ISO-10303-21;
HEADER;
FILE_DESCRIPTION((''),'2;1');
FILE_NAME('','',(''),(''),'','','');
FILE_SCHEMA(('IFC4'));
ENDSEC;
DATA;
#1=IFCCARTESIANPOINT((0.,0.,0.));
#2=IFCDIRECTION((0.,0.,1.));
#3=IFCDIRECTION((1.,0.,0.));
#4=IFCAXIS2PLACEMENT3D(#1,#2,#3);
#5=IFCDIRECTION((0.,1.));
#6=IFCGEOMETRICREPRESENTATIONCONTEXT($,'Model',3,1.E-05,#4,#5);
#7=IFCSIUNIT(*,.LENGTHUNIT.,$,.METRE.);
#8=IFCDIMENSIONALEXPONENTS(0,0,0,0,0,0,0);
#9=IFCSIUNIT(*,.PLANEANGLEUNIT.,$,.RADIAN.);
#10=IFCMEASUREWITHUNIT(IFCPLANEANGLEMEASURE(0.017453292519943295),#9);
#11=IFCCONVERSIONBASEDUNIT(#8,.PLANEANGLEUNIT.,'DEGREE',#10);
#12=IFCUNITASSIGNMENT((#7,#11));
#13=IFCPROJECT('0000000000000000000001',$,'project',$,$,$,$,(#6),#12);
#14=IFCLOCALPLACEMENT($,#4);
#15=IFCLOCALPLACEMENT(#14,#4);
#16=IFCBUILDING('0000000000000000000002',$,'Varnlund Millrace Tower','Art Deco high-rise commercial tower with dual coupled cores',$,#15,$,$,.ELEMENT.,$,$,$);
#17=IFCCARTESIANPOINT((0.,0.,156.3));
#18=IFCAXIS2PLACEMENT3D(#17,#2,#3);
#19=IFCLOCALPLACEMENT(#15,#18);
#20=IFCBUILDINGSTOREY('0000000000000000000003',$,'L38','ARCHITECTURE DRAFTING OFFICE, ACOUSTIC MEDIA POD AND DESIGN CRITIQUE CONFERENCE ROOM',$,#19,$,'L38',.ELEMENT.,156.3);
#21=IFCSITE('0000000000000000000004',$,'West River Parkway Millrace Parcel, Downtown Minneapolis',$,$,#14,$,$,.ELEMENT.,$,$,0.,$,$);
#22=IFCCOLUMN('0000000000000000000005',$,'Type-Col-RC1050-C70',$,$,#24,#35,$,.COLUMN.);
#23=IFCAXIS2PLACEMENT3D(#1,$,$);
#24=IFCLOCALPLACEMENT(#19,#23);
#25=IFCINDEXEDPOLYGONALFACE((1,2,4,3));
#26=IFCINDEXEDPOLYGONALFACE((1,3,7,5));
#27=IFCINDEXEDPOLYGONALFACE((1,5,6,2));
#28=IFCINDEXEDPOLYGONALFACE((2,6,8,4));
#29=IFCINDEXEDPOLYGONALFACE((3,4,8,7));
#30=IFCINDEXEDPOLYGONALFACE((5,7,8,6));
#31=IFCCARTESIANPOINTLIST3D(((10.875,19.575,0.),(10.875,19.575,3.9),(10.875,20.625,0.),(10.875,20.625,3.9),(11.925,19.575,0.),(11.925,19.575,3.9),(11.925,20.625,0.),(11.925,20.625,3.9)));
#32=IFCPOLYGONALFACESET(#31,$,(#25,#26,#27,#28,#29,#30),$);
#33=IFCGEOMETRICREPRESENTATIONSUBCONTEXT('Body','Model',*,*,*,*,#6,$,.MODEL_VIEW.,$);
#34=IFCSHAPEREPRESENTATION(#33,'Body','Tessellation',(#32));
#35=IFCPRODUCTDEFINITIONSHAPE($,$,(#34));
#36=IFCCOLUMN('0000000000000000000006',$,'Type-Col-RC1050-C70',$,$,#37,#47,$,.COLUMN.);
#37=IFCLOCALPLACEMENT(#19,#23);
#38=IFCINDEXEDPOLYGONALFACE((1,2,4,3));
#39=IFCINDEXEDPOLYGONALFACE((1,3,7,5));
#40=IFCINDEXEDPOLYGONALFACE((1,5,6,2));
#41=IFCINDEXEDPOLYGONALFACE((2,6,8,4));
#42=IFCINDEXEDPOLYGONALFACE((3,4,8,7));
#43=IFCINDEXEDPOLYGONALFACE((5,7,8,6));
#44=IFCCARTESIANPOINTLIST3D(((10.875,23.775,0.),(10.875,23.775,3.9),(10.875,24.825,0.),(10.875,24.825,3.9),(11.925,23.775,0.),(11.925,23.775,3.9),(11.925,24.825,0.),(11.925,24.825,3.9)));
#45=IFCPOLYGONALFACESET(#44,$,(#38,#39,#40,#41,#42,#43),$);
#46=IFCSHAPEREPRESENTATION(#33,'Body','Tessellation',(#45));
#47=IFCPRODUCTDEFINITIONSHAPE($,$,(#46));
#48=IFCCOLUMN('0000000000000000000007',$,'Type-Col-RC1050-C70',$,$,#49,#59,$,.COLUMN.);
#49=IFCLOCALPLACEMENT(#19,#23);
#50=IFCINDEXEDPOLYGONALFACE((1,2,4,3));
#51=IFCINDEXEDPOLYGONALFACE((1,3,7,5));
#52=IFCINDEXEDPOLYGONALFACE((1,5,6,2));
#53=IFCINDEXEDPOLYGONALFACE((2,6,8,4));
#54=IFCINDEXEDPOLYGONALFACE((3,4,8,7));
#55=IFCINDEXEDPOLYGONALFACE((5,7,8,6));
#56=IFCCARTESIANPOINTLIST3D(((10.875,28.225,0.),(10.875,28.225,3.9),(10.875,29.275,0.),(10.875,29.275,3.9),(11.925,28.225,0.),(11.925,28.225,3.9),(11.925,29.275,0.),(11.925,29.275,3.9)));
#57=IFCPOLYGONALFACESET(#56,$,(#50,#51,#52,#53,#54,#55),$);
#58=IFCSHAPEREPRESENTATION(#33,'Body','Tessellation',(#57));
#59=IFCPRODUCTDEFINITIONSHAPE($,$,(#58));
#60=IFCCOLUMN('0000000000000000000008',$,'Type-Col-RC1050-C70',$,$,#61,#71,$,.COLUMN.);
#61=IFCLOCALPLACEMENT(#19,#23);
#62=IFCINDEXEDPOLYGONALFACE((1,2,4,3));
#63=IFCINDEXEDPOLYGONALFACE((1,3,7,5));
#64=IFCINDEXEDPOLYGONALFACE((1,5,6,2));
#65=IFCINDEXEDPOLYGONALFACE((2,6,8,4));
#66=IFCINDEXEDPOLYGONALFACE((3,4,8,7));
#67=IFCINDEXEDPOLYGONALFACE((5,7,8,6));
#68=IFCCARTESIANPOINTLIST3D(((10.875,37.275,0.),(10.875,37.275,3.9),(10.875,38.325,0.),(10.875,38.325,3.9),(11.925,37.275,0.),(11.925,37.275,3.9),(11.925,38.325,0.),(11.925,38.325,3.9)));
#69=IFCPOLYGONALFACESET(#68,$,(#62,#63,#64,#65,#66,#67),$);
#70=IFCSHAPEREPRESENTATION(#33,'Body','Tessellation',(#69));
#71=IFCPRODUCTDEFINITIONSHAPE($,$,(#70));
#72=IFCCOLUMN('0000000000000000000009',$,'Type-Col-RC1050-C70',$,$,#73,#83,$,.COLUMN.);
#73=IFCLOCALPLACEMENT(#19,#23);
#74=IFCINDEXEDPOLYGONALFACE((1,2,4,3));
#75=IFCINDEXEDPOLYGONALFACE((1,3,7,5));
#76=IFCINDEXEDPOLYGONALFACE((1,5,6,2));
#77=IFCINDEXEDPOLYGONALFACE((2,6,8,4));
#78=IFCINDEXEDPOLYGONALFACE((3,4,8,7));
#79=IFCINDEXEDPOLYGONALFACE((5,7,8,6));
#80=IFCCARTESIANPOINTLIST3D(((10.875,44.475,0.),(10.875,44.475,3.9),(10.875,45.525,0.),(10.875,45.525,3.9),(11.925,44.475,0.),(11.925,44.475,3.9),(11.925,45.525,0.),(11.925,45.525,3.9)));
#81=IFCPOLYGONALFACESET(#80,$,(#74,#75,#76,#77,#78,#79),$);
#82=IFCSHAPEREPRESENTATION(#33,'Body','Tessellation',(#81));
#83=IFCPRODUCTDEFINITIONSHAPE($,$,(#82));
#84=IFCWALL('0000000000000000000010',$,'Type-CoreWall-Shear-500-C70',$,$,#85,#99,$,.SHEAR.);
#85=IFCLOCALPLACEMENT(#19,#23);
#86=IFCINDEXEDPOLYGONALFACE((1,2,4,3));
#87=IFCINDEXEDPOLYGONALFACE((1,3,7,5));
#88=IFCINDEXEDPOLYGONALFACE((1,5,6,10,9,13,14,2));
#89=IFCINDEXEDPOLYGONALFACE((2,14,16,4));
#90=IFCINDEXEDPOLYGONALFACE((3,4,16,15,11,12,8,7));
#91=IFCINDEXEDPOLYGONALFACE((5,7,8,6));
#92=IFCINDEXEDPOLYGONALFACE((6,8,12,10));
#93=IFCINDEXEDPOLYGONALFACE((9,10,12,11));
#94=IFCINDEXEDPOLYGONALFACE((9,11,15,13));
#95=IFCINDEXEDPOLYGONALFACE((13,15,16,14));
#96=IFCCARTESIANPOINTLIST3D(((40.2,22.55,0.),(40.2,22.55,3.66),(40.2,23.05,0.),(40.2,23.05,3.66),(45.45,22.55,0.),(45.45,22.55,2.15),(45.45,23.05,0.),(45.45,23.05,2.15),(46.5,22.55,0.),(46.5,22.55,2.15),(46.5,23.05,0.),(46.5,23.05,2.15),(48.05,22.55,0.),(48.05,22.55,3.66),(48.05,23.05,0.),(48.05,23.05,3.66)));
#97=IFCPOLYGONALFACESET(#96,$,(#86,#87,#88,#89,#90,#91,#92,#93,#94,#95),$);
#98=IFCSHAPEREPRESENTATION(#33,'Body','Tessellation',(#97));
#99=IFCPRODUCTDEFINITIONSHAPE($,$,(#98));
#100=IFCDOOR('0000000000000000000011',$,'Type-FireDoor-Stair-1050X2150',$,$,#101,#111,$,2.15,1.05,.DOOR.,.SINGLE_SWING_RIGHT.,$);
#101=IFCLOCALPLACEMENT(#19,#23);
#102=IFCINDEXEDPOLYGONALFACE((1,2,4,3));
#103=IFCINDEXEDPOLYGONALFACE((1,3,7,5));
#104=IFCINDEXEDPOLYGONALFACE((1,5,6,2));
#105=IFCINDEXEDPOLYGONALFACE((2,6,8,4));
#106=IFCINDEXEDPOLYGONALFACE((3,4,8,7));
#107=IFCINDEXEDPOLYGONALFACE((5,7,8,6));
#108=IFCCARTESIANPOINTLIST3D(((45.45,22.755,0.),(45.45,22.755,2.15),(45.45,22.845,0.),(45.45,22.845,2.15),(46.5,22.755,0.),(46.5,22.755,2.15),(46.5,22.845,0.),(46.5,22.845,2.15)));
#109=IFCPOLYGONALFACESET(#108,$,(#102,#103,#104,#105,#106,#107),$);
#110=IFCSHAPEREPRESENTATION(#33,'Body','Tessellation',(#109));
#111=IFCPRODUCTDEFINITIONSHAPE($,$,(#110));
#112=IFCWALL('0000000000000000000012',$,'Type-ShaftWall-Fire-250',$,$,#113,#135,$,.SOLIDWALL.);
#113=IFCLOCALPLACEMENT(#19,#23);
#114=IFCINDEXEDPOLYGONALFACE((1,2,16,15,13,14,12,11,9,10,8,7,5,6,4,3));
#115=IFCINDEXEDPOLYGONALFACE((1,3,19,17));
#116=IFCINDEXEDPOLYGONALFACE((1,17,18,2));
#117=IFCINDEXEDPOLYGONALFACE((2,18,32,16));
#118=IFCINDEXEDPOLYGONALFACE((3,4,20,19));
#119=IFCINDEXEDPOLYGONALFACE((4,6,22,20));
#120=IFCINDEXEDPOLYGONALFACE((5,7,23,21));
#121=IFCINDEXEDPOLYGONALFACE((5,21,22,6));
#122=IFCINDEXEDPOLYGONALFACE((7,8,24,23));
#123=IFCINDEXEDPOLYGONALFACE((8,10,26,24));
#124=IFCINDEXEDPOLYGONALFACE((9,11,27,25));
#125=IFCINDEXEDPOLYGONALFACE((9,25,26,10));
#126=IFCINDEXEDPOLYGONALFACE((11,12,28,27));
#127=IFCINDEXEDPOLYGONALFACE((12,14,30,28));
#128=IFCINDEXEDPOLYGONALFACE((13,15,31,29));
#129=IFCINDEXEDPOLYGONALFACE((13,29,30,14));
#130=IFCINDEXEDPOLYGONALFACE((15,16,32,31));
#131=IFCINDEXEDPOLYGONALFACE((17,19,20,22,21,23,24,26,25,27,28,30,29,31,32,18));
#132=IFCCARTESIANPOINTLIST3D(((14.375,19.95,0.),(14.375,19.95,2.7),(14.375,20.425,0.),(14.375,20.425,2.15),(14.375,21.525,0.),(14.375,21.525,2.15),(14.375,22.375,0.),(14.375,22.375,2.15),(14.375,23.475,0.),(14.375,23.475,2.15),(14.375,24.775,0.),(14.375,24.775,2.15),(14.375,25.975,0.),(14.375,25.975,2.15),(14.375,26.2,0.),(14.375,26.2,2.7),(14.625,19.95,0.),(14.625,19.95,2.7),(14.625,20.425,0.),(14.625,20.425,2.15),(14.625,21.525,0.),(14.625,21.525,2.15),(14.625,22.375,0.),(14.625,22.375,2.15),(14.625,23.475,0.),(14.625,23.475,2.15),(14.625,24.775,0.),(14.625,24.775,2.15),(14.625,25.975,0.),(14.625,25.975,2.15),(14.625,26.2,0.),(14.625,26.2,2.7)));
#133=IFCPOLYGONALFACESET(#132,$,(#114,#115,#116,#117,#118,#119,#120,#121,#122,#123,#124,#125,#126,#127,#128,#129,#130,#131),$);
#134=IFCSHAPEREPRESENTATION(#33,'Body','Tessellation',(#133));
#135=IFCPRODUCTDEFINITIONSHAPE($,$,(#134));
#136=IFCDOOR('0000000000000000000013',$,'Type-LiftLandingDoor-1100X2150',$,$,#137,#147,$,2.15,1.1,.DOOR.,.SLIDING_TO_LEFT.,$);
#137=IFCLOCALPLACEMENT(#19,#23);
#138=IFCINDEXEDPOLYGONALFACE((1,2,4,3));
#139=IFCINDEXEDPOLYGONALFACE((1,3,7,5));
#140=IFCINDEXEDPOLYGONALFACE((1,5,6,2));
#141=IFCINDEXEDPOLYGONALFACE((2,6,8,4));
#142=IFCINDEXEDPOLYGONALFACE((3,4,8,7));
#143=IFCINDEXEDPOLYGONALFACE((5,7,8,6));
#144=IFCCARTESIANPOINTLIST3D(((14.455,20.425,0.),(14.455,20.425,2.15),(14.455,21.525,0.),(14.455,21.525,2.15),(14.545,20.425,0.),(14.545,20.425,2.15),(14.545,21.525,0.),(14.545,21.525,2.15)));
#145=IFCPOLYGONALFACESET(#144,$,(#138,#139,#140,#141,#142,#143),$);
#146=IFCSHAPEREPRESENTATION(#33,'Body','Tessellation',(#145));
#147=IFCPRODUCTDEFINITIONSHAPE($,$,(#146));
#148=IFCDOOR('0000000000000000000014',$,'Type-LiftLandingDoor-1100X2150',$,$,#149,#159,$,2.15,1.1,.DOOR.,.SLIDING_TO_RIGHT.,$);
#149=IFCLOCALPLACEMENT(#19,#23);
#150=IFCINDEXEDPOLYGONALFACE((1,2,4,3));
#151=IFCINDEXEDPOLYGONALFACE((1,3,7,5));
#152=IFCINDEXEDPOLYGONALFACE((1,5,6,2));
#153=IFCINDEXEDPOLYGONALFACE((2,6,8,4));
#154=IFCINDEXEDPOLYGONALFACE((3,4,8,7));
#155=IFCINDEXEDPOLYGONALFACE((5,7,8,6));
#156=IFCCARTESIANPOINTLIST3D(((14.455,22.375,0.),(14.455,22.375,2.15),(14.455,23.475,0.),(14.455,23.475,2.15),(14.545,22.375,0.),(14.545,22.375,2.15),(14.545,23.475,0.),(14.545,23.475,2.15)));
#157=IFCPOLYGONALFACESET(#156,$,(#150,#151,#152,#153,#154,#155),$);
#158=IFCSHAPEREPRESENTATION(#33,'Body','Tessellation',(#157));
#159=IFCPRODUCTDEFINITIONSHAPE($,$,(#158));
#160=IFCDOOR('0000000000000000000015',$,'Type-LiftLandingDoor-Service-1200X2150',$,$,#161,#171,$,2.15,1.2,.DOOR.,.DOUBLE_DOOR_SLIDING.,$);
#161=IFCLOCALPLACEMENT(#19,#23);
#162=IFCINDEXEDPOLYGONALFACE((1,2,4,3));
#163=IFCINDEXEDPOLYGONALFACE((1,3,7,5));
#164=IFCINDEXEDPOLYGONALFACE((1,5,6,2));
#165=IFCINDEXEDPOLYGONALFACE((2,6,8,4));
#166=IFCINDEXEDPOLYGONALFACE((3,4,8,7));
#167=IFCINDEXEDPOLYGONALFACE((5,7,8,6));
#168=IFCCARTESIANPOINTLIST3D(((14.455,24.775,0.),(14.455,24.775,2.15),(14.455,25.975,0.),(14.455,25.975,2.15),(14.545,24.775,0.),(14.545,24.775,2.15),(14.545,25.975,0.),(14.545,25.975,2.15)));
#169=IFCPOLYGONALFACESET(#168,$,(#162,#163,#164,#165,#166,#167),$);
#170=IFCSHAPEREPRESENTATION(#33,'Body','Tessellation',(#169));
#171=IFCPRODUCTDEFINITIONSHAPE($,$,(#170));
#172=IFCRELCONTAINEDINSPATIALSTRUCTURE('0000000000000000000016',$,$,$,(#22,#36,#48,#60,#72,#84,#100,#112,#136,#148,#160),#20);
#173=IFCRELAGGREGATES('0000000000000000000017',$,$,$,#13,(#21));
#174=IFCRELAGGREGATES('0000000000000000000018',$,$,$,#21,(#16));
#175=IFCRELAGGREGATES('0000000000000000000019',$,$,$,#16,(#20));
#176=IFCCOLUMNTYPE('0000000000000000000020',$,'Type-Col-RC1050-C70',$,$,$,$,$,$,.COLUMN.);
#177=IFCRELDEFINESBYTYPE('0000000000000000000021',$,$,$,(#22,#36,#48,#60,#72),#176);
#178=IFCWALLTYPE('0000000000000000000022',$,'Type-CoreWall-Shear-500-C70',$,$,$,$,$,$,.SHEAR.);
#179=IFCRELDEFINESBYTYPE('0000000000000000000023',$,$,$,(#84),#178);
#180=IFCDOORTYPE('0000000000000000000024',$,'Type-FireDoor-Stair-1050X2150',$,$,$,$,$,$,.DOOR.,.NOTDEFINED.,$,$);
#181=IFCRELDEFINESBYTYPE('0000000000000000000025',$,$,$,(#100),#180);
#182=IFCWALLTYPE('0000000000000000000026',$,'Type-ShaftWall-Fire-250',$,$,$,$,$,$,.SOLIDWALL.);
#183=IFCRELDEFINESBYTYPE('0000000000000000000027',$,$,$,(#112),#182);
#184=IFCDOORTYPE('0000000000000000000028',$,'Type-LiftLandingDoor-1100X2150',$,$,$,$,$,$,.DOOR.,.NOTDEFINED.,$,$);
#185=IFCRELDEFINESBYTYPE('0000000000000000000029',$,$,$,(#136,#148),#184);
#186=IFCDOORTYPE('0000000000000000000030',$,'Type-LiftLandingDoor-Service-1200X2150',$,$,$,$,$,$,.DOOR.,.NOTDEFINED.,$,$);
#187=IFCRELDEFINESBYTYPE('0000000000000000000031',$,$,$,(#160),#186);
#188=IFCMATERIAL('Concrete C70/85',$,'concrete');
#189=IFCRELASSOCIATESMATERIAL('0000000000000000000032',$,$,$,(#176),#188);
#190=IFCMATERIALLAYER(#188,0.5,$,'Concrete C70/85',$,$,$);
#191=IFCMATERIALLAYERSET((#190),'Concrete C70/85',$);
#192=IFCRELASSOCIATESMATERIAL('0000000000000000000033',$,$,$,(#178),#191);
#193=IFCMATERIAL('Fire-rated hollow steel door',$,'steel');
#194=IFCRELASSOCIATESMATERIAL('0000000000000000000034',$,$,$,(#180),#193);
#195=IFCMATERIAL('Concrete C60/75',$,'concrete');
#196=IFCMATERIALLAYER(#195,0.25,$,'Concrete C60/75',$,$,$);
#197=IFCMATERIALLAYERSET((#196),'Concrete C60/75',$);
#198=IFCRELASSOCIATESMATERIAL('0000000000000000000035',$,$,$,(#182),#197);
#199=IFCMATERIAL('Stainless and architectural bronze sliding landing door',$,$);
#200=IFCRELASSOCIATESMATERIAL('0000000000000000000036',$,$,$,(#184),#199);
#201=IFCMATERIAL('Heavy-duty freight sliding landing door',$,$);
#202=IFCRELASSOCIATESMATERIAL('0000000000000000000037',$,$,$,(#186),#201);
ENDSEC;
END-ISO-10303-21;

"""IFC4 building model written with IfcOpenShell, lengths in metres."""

from ifc_helpers import new_model, entity, si_unit, converted_unit, direction, frame, origin_with_axes, origin_2d_with_axis, place, context, subcontext, project, spatial, polyline, rectangle, outline, extrude, material, layer, layer_set, material_profile, profile_set, type_object, element, fill, save


model = new_model("IFC4")

# Units and contexts
model_context = context("Model", 3, precision=1e-05, world=origin_with_axes(), true_north=direction((0.0, 1.0)))
body_context = subcontext(model_context, "Body", "Model", "MODEL_VIEW")
ifc_project = project(units=[si_unit("LENGTHUNIT", "METRE"), converted_unit("PLANEANGLEUNIT", "DEGREE", entity("IfcPlaneAngleMeasure", 0.017453292519943295), si_unit("PLANEANGLEUNIT", "RADIAN"), dimensions=[0, 0, 0, 0, 0, 0, 0])], contexts=[model_context])

# Site, building, storey
site_placement = place(None, origin_with_axes())
site = spatial("IfcSite", under=ifc_project, at=site_placement, Name="West River Parkway Millrace Parcel, Downtown Minneapolis", CompositionType="ELEMENT", RefElevation=0.0)
building_placement = place(site_placement, origin_with_axes())
building = spatial("IfcBuilding", under=site, at=building_placement, Name="Varnlund Millrace Tower", Description="Art Deco high-rise commercial tower with dual coupled cores", CompositionType="ELEMENT")
storey_placement = place(building_placement, frame((0.0, 0.0, 156.3), z_axis=(0.0, 0.0, 1.0), x_axis=(1.0, 0.0, 0.0)))
storey = spatial("IfcBuildingStorey", under=building, at=storey_placement, Name="L38", Description="ARCHITECTURE DRAFTING OFFICE, ACOUSTIC MEDIA POD AND DESIGN CRITIQUE CONFERENCE ROOM", LongName="L38", CompositionType="ELEMENT", Elevation=156.3)

# Columns
ifc_material_1 = material(Name="Concrete C70/85", Category="concrete")
ifc_material_profile = material_profile(ifc_material_1, rectangle(XDim=1.05, YDim=1.05, at=origin_2d_with_axis()), Name="Concrete C70/85")
ifc_profile_set = profile_set([ifc_material_profile], Name="Concrete C70/85")
column_type = type_object("IfcColumnType", Name="Type-Col-RC1050-C70", PredefinedType="COLUMN", material=ifc_profile_set)
for number, where, z_axis, x_axis, name in (
    (1, (11.4, 20.1, 0.0), (0.0, 0.0, 1.0), (1.0, 0.0, 0.0), "Type-Col-RC1050-C70"),
    (2, (11.4, 24.3, 0.0), (0.0, 0.0, 1.0), (1.0, 0.0, 0.0), "Type-Col-RC1050-C70"),
    (3, (11.4, 28.75, 0.0), (0.0, 0.0, 1.0), (1.0, 0.0, 0.0), "Type-Col-RC1050-C70"),
    (4, (11.4, 37.8, 0.0), (0.0, 0.0, 1.0), (1.0, 0.0, 0.0), "Type-Col-RC1050-C70"),
    (5, (11.4, 45.0, 0.0), (0.0, 0.0, 1.0), (1.0, 0.0, 0.0), "Type-Col-RC1050-C70"),
):
    element("IfcColumn", number, at=place(storey_placement, frame(where, z_axis=z_axis, x_axis=x_axis)), inside=storey, type_object=column_type, Name=name, PredefinedType="COLUMN", context=body_context, shape_type="SweptSolid", body=[
        extrude(rectangle(XDim=1.05, YDim=1.05, at=origin_2d_with_axis()), origin_with_axes(), (0.0, 0.0, 1.0), 3.9),
    ])

# Wall, opening, door
ifc_layer_1 = layer(ifc_material_1, 0.5, Name="Concrete C70/85")
ifc_layer_set_1 = layer_set([ifc_layer_1], Name="Concrete C70/85")
wall_type_1 = type_object("IfcWallType", Name="Type-CoreWall-Shear-500-C70", PredefinedType="SHEAR", material=ifc_layer_set_1)
wall_1_placement = place(storey_placement, frame((40.2, 22.8, 0.0), z_axis=(0.0, 0.0, 1.0), x_axis=(1.0, 0.0, 0.0)))
wall_1 = element("IfcWall", 6, at=wall_1_placement, inside=storey, type_object=wall_type_1, Name="Type-CoreWall-Shear-500-C70", PredefinedType="SHEAR", context=body_context, shape_type="SweptSolid", body=[
    extrude(outline(polyline([(0.0, -0.25), (7.85, -0.25), (7.85, 0.25), (0.0, 0.25), (0.0, -0.25)])), origin_with_axes(), (0.0, 0.0, 1.0), 3.66),
])
opening_1_placement = place(wall_1_placement, frame((5.775, 0.0, 0.0), z_axis=(0.0, 0.0, 1.0), x_axis=(1.0, 0.0, 0.0)))
opening_1 = element("IfcOpeningElement", 7, at=opening_1_placement, cuts=wall_1, PredefinedType="OPENING", context=body_context, shape_type="SweptSolid", body=[
    extrude(rectangle(XDim=1.05, YDim=0.52, at=origin_2d_with_axis()), origin_with_axes(), (0.0, 0.0, 1.0), 2.15),
])
ifc_material_2 = material(Name="Fire-rated hollow steel door", Category="steel")
door_type_1 = type_object("IfcDoorType", Name="Type-FireDoor-Stair-1050X2150", OperationType="NOTDEFINED", PredefinedType="DOOR", material=ifc_material_2)
door_1_placement = place(wall_1_placement, frame((5.775, 0.0, 0.0), z_axis=(0.0, 0.0, 1.0), x_axis=(1.0, 0.0, 0.0)))
door_1 = element("IfcDoor", 8, at=door_1_placement, inside=storey, type_object=door_type_1, Name="Type-FireDoor-Stair-1050X2150", OperationType="SINGLE_SWING_RIGHT", OverallHeight=2.15, OverallWidth=1.05, PredefinedType="DOOR", context=body_context, shape_type="SweptSolid", body=[
    extrude(rectangle(XDim=1.05, YDim=0.09, at=origin_2d_with_axis()), origin_with_axes(), (0.0, 0.0, 1.0), 2.15),
])
fill(opening_1, door_1)

# Wall, openings, doors
ifc_material_3 = material(Name="Concrete C60/75", Category="concrete")
ifc_layer_2 = layer(ifc_material_3, 0.25, Name="Concrete C60/75")
ifc_layer_set_2 = layer_set([ifc_layer_2], Name="Concrete C60/75")
wall_type_2 = type_object("IfcWallType", Name="Type-ShaftWall-Fire-250", PredefinedType="SOLIDWALL", material=ifc_layer_set_2)
wall_2_placement = place(storey_placement, frame((14.5, 19.95, 0.0), z_axis=(0.0, 0.0, 1.0), x_axis=(0.0, 1.0, 0.0)))
wall_2 = element("IfcWall", 9, at=wall_2_placement, inside=storey, type_object=wall_type_2, Name="Type-ShaftWall-Fire-250", PredefinedType="SOLIDWALL", context=body_context, shape_type="SweptSolid", body=[
    extrude(outline(polyline([(0.0, -0.125), (6.25, -0.125), (6.25, 0.125), (0.0, 0.125), (0.0, -0.125)])), origin_with_axes(), (0.0, 0.0, 1.0), 2.7),
])
opening_2_placement = place(wall_2_placement, frame((1.025, 0.0, 0.0), z_axis=(0.0, 0.0, 1.0), x_axis=(1.0, 0.0, 0.0)))
opening_2 = element("IfcOpeningElement", 10, at=opening_2_placement, cuts=wall_2, PredefinedType="OPENING", context=body_context, shape_type="SweptSolid", body=[
    extrude(rectangle(XDim=1.1, YDim=0.27, at=origin_2d_with_axis()), origin_with_axes(), (0.0, 0.0, 1.0), 2.15),
])
opening_3_placement = place(wall_2_placement, frame((2.975, 0.0, 0.0), z_axis=(0.0, 0.0, 1.0), x_axis=(1.0, 0.0, 0.0)))
opening_3 = element("IfcOpeningElement", 11, at=opening_3_placement, cuts=wall_2, PredefinedType="OPENING", context=body_context, shape_type="SweptSolid", body=[
    extrude(rectangle(XDim=1.1, YDim=0.27, at=origin_2d_with_axis()), origin_with_axes(), (0.0, 0.0, 1.0), 2.15),
])
opening_4_placement = place(wall_2_placement, frame((5.425, 0.0, 0.0), z_axis=(0.0, 0.0, 1.0), x_axis=(1.0, 0.0, 0.0)))
opening_4 = element("IfcOpeningElement", 12, at=opening_4_placement, cuts=wall_2, PredefinedType="OPENING", context=body_context, shape_type="SweptSolid", body=[
    extrude(rectangle(XDim=1.2, YDim=0.27, at=origin_2d_with_axis()), origin_with_axes(), (0.0, 0.0, 1.0), 2.15),
])
ifc_material_4 = material(Name="Stainless and architectural bronze sliding landing door")
door_type_2 = type_object("IfcDoorType", Name="Type-LiftLandingDoor-1100X2150", OperationType="NOTDEFINED", PredefinedType="DOOR", material=ifc_material_4)
door_2_placement = place(wall_2_placement, frame((1.025, 0.0, 0.0), z_axis=(0.0, 0.0, 1.0), x_axis=(1.0, 0.0, 0.0)))
door_2 = element("IfcDoor", 13, at=door_2_placement, inside=storey, type_object=door_type_2, Name="Type-LiftLandingDoor-1100X2150", OperationType="SLIDING_TO_LEFT", OverallHeight=2.15, OverallWidth=1.1, PredefinedType="DOOR", context=body_context, shape_type="SweptSolid", body=[
    extrude(rectangle(XDim=1.1, YDim=0.09, at=origin_2d_with_axis()), origin_with_axes(), (0.0, 0.0, 1.0), 2.15),
])
fill(opening_2, door_2)
door_3_placement = place(wall_2_placement, frame((2.975, 0.0, 0.0), z_axis=(0.0, 0.0, 1.0), x_axis=(1.0, 0.0, 0.0)))
door_3 = element("IfcDoor", 14, at=door_3_placement, inside=storey, type_object=door_type_2, Name="Type-LiftLandingDoor-1100X2150", OperationType="SLIDING_TO_RIGHT", OverallHeight=2.15, OverallWidth=1.1, PredefinedType="DOOR", context=body_context, shape_type="SweptSolid", body=[
    extrude(rectangle(XDim=1.1, YDim=0.09, at=origin_2d_with_axis()), origin_with_axes(), (0.0, 0.0, 1.0), 2.15),
])
fill(opening_3, door_3)
ifc_material_5 = material(Name="Heavy-duty freight sliding landing door")
door_type_3 = type_object("IfcDoorType", Name="Type-LiftLandingDoor-Service-1200X2150", OperationType="NOTDEFINED", PredefinedType="DOOR", material=ifc_material_5)
door_4_placement = place(wall_2_placement, frame((5.425, 0.0, 0.0), z_axis=(0.0, 0.0, 1.0), x_axis=(1.0, 0.0, 0.0)))
door_4 = element("IfcDoor", 15, at=door_4_placement, inside=storey, type_object=door_type_3, Name="Type-LiftLandingDoor-Service-1200X2150", OperationType="DOUBLE_DOOR_SLIDING", OverallHeight=2.15, OverallWidth=1.2, PredefinedType="DOOR", context=body_context, shape_type="SweptSolid", body=[
    extrude(rectangle(XDim=1.2, YDim=0.09, at=origin_2d_with_axis()), origin_with_axes(), (0.0, 0.0, 1.0), 2.15),
])
fill(opening_4, door_4)

save(model, "model.ifc")
